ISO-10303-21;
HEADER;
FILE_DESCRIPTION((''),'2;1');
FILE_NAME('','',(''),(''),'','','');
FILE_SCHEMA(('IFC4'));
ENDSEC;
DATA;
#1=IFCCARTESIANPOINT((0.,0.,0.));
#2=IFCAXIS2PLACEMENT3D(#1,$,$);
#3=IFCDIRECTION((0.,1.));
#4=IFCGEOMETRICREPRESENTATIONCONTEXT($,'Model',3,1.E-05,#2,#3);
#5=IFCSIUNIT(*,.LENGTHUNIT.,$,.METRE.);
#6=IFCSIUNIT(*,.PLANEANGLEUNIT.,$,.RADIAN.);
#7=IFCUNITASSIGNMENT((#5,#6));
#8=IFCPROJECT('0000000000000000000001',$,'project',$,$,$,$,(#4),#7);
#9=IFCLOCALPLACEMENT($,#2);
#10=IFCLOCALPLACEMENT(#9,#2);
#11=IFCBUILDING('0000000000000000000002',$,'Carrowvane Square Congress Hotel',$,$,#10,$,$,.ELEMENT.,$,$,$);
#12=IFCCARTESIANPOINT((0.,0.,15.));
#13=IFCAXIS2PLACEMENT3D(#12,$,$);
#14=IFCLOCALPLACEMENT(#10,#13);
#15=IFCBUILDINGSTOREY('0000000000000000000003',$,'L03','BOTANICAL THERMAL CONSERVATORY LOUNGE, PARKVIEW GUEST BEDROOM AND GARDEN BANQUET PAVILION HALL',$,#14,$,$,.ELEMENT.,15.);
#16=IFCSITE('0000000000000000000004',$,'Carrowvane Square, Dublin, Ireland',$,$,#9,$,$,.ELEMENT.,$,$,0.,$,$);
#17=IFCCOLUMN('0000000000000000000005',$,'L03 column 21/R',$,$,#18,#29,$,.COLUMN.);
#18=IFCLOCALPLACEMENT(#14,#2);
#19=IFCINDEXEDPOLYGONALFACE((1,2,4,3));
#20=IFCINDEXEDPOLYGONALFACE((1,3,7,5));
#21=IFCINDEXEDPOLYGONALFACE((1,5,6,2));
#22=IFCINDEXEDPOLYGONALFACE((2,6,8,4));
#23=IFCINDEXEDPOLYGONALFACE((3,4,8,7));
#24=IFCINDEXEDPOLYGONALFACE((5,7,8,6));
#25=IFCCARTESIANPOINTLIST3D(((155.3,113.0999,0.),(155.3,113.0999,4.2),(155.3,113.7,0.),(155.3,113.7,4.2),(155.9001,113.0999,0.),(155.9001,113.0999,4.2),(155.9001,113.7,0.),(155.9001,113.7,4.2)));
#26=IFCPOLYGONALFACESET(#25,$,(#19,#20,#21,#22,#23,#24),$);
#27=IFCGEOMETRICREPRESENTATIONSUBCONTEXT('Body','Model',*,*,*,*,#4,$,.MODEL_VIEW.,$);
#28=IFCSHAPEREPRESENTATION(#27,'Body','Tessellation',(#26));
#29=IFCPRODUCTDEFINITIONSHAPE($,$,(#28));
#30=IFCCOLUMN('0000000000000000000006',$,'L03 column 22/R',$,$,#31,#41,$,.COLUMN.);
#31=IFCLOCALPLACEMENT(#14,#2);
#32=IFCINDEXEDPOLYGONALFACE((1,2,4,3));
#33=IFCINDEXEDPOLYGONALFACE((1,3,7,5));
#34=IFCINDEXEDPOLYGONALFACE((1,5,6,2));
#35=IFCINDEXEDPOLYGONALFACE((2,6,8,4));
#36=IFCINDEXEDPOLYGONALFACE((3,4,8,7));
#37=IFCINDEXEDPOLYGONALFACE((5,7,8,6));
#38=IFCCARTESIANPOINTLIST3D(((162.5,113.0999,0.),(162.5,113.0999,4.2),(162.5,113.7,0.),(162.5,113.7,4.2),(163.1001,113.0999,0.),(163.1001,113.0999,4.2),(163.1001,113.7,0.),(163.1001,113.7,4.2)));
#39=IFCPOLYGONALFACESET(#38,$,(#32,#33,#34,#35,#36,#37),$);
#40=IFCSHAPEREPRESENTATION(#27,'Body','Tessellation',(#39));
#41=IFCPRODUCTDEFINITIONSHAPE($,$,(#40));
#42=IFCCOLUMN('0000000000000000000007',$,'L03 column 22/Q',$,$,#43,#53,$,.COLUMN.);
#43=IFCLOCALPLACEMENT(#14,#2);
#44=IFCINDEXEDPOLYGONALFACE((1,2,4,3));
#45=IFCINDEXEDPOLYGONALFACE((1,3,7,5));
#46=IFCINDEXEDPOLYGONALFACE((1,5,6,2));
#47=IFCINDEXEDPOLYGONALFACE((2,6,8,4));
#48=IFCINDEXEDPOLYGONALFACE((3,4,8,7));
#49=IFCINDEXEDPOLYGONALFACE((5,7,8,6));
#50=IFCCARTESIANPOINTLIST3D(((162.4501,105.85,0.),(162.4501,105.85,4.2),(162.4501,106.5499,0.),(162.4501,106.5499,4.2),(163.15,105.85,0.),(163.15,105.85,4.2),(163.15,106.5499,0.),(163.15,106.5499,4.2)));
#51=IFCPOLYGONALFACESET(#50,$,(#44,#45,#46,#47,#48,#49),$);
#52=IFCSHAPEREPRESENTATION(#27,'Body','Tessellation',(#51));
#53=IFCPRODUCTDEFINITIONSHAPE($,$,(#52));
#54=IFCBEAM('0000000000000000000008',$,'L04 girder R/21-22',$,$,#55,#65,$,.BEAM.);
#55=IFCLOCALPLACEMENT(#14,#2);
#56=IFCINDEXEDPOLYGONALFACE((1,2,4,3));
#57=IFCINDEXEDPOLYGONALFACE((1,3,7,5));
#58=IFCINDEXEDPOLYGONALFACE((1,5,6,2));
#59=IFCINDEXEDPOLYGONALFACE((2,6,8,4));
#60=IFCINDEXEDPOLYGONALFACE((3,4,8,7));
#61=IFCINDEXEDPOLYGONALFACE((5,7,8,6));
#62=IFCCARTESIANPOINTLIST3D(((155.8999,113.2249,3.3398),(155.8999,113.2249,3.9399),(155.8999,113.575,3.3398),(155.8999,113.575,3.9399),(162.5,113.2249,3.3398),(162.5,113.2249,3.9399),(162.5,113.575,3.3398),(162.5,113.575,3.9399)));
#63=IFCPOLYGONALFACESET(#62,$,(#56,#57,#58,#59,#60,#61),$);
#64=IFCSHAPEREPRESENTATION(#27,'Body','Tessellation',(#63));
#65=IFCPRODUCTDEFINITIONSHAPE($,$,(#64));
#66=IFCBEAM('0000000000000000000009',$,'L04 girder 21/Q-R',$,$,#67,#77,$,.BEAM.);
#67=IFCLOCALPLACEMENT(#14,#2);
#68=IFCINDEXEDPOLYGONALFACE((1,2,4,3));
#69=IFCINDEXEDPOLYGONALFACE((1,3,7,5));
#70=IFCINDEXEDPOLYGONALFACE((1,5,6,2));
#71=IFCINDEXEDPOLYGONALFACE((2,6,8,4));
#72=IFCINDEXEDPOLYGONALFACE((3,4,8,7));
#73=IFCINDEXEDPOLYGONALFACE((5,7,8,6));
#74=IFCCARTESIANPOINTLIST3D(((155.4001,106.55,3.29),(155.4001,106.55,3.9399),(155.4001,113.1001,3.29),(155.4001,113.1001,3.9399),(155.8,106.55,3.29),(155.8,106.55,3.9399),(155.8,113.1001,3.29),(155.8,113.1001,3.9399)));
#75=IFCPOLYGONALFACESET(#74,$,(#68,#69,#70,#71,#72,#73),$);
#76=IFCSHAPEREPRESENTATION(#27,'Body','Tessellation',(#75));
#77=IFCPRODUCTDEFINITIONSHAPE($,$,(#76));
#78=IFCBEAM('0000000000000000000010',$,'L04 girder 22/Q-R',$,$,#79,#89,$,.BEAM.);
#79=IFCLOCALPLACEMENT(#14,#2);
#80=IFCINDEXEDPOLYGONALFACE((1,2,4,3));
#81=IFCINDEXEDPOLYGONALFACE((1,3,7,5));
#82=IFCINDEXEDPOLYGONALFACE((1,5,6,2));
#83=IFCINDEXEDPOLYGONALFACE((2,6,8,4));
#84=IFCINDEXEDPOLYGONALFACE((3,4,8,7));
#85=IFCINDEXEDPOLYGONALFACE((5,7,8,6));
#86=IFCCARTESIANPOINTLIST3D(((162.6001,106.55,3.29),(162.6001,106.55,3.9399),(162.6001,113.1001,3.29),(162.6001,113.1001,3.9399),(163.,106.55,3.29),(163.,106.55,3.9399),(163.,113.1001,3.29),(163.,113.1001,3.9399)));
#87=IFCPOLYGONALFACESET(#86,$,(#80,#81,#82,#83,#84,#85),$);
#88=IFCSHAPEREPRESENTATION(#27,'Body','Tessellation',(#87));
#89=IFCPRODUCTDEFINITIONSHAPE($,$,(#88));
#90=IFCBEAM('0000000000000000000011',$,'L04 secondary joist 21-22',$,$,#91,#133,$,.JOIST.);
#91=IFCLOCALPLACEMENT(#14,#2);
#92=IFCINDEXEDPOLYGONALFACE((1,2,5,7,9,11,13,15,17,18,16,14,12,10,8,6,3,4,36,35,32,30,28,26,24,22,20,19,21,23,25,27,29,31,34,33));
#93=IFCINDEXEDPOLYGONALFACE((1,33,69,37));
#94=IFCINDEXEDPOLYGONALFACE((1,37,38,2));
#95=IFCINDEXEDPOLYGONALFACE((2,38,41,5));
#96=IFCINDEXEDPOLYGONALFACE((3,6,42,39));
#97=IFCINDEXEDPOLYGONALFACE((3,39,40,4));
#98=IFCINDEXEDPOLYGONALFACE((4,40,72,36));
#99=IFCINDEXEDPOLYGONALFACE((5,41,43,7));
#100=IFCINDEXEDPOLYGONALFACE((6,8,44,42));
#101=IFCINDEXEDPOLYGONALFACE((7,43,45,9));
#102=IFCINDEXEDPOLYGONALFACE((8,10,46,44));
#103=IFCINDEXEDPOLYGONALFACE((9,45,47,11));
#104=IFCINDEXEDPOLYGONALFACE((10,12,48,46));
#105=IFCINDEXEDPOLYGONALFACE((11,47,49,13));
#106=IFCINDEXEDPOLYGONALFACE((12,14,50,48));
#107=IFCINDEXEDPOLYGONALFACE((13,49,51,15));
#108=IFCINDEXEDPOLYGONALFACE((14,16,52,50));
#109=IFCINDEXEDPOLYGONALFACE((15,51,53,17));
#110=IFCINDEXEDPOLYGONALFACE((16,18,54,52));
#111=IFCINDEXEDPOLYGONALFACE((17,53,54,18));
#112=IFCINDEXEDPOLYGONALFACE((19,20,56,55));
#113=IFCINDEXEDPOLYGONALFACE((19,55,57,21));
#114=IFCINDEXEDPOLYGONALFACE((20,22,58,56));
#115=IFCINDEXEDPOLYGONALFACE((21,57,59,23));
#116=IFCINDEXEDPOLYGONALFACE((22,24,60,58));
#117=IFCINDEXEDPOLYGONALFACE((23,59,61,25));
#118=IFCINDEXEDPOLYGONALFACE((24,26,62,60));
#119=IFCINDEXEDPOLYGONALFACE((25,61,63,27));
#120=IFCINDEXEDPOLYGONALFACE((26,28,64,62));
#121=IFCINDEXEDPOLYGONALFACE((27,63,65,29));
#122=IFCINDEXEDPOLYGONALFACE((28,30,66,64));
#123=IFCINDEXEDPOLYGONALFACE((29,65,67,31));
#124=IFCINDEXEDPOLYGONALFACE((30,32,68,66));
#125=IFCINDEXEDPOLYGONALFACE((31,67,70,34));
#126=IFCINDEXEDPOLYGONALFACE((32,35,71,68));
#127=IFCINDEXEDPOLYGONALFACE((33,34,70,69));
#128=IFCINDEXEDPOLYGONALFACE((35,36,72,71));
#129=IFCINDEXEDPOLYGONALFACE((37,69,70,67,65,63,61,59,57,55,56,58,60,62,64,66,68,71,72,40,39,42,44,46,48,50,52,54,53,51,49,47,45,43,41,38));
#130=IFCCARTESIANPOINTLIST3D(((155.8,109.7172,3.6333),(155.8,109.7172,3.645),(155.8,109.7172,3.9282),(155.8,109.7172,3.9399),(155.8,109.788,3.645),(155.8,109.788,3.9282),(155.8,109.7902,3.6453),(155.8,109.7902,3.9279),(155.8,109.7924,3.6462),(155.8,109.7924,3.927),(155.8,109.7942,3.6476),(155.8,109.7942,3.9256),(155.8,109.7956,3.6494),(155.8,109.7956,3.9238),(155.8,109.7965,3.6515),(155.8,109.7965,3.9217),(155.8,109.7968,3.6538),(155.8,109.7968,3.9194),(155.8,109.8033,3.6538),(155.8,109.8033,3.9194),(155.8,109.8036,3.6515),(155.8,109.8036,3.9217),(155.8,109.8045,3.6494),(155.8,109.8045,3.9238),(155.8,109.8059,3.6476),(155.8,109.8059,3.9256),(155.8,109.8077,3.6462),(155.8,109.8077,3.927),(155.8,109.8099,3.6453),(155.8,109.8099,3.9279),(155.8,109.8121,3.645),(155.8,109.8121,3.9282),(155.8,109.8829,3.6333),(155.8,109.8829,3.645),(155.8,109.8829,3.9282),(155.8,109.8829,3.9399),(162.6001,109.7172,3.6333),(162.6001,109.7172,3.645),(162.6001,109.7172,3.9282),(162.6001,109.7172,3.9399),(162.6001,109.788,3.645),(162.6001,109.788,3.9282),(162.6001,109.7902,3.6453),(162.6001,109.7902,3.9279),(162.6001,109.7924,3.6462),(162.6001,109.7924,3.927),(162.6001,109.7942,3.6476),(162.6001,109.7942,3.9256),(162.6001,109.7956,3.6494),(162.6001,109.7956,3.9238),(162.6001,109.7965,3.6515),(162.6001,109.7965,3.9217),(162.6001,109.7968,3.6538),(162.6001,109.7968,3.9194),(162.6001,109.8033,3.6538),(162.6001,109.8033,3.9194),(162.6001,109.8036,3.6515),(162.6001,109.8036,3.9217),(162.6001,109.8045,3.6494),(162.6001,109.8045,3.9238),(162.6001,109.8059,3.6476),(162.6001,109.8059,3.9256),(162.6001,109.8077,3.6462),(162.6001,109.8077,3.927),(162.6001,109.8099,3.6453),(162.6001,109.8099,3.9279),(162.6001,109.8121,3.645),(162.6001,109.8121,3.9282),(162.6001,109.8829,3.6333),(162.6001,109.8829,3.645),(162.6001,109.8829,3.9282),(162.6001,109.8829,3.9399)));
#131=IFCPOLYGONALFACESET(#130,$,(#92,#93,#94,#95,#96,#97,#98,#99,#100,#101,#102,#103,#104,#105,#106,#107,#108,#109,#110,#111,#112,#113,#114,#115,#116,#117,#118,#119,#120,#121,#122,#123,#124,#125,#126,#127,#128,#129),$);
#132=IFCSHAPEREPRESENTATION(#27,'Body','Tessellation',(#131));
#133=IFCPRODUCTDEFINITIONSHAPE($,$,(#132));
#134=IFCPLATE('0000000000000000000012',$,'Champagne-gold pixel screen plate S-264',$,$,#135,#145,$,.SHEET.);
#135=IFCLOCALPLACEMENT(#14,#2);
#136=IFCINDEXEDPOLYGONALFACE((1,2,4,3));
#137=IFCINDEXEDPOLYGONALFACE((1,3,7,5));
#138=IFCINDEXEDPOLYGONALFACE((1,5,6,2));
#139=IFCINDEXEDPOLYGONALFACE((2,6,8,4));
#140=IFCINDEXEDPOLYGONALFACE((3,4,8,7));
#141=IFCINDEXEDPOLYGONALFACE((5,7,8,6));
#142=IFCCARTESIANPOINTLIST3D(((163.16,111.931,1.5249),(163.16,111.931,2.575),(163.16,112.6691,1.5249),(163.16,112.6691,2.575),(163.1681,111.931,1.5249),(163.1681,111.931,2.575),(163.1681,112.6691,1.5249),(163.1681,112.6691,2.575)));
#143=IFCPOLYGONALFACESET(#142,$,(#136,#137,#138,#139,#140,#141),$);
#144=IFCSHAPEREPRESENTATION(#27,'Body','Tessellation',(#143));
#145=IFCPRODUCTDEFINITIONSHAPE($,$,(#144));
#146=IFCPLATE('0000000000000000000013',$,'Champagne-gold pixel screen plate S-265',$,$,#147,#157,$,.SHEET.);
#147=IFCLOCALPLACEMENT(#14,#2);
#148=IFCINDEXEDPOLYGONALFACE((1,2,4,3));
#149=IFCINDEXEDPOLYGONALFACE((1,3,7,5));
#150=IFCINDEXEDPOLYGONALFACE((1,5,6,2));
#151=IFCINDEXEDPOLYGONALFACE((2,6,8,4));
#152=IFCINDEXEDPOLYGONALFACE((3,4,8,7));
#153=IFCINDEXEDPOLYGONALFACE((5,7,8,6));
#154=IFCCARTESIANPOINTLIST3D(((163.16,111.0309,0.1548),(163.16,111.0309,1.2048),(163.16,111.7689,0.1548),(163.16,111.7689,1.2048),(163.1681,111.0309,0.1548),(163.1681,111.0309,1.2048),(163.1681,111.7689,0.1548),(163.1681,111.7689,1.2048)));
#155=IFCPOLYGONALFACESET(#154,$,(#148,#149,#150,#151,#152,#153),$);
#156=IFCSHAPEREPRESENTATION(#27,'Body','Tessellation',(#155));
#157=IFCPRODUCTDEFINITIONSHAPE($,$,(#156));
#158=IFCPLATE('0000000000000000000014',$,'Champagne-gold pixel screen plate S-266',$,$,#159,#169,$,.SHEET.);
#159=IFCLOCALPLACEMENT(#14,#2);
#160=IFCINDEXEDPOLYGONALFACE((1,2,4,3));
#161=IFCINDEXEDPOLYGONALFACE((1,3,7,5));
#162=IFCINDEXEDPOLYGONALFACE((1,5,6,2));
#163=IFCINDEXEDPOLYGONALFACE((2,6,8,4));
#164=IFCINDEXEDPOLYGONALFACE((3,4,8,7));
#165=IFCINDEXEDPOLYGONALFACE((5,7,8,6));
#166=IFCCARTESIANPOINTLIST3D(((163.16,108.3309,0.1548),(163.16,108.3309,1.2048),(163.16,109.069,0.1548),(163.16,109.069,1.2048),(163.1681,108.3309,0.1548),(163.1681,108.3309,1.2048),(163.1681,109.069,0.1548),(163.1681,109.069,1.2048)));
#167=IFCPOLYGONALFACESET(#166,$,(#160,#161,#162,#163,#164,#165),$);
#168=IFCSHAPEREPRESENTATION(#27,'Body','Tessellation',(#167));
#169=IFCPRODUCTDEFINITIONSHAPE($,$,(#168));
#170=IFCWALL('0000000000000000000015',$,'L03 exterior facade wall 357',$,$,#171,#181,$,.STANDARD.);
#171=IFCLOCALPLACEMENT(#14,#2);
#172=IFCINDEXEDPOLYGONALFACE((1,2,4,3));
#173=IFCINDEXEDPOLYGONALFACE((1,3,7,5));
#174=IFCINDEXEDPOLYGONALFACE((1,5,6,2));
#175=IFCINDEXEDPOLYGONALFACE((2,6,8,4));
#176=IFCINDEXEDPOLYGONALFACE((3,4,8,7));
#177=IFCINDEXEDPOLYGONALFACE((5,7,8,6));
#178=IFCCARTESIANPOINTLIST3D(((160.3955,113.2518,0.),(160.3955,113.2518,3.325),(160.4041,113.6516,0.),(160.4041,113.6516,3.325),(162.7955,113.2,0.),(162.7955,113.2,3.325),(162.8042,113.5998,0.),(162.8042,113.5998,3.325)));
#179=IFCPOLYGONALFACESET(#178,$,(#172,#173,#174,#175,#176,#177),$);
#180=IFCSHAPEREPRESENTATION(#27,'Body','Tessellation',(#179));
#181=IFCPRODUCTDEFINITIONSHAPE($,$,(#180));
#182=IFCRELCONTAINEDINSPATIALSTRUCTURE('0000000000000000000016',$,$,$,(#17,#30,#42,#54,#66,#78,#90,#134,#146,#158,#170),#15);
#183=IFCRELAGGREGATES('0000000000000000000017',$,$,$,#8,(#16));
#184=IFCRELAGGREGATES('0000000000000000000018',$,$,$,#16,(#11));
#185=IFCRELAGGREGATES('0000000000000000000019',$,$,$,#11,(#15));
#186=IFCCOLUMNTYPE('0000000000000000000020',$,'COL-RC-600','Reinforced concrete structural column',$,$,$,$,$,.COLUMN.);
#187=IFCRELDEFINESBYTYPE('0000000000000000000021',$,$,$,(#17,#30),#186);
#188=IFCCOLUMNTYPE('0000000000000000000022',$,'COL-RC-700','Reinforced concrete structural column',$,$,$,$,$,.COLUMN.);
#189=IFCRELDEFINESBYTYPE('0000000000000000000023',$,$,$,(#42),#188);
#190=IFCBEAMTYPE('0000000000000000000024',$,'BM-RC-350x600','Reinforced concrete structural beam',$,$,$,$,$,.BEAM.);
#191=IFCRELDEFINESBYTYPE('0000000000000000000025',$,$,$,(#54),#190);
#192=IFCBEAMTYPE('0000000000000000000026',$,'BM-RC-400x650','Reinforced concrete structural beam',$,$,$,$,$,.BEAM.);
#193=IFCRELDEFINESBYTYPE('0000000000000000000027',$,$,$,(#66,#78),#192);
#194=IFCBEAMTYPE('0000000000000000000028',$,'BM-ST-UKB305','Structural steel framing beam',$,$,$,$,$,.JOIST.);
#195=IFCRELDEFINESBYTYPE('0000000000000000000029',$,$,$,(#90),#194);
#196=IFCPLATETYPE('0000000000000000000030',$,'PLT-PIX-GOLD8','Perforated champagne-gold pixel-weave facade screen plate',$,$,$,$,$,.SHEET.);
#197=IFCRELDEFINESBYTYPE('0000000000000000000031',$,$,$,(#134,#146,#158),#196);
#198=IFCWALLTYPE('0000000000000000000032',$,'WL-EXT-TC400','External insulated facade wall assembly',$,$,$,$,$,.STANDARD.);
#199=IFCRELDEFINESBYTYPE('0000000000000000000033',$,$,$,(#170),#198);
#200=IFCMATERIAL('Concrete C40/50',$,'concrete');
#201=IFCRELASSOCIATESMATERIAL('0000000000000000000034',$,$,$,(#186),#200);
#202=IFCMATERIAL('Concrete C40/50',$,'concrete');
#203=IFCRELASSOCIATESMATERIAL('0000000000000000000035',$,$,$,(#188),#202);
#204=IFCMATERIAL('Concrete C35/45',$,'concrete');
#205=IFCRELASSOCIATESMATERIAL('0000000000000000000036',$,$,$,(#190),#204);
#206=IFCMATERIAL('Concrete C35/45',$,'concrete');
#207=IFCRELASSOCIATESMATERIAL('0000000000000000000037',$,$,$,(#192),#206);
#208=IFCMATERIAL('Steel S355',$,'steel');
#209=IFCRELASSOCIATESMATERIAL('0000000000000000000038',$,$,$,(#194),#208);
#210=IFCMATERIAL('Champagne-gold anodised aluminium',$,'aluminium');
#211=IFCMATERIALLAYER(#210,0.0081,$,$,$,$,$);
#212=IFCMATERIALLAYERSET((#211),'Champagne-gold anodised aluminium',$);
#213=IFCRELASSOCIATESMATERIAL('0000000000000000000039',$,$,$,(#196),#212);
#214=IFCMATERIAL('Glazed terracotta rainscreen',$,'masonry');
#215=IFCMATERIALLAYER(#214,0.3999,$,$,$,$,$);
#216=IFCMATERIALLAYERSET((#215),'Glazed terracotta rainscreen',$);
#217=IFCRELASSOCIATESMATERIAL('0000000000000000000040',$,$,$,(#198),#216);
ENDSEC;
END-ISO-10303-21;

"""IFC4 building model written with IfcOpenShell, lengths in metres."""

from ifc_helpers import new_model, si_unit, direction, frame, frame_2d, origin, origin_2d, place, context, subcontext, project, spatial, rectangle, i_section, extrude, material, layer, layer_set, material_profile, profile_set, type_object, element, save


model = new_model("IFC4")

# Units and contexts
model_context = context("Model", 3, precision=1e-05, world=origin(), true_north=direction((0.0, 1.0)))
body_context = subcontext(model_context, "Body", "Model", "MODEL_VIEW")
ifc_project = project(units=[si_unit("LENGTHUNIT", "METRE"), si_unit("PLANEANGLEUNIT", "RADIAN")], contexts=[model_context])

# Site, building, storey
site_placement = place(None, origin())
site = spatial("IfcSite", under=ifc_project, at=site_placement, Name="Carrowvane Square, Dublin, Ireland", CompositionType="ELEMENT", RefElevation=0.0)
building_placement = place(site_placement, origin())
building = spatial("IfcBuilding", under=site, at=building_placement, Name="Carrowvane Square Congress Hotel", CompositionType="ELEMENT")
storey_placement = place(building_placement, frame((0.0, 0.0, 15.0)))
storey = spatial("IfcBuildingStorey", under=building, at=storey_placement, Name="L03", Description="BOTANICAL THERMAL CONSERVATORY LOUNGE, PARKVIEW GUEST BEDROOM AND GARDEN BANQUET PAVILION HALL", CompositionType="ELEMENT", Elevation=15.0)

# Columns
ifc_material_1 = material(Name="Concrete C40/50", Category="concrete")
ifc_material_profile_1 = material_profile(ifc_material_1, rectangle(XDim=0.6001, YDim=0.6001, at=origin_2d()), Name="RC 600x600")
ifc_profile_set_1 = profile_set([ifc_material_profile_1], Name="Concrete C40/50")
column_type_1 = type_object("IfcColumnType", Name="COL-RC-600", Description="Reinforced concrete structural column", PredefinedType="COLUMN", material=ifc_profile_set_1)
for number, where, z_axis, x_axis, name in (
    (1, (155.6001, 113.3999, 0.0), (0.0, 0.0, 1.0), (1.0, 0.0, 0.0), "L03 column 21/R"),
    (2, (162.8, 113.3999, 0.0), (0.0, 0.0, 1.0), (1.0, 0.0, 0.0), "L03 column 22/R"),
):
    element("IfcColumn", number, at=place(storey_placement, frame(where, z_axis=z_axis, x_axis=x_axis)), inside=storey, type_object=column_type_1, Name=name, PredefinedType="COLUMN", context=body_context, shape_type="SweptSolid", body=[
        extrude(rectangle(XDim=0.6001, YDim=0.6001, at=origin_2d()), origin(), (0.0, 0.0, 1.0), 4.2),
    ])
ifc_material_2 = material(Name="Concrete C40/50", Category="concrete")
ifc_material_profile_2 = material_profile(ifc_material_2, rectangle(XDim=0.7, YDim=0.7, at=origin_2d()), Name="RC 700x700")
ifc_profile_set_2 = profile_set([ifc_material_profile_2], Name="Concrete C40/50")
column_type_2 = type_object("IfcColumnType", Name="COL-RC-700", Description="Reinforced concrete structural column", PredefinedType="COLUMN", material=ifc_profile_set_2)
column_placement = place(storey_placement, frame((162.8, 106.2, 0.0), z_axis=(0.0, 0.0, 1.0), x_axis=(1.0, 0.0, 0.0)))
element("IfcColumn", 3, at=column_placement, inside=storey, type_object=column_type_2, Name="L03 column 22/Q", PredefinedType="COLUMN", context=body_context, shape_type="SweptSolid", body=[
    extrude(rectangle(XDim=0.7, YDim=0.7, at=origin_2d()), origin(), (0.0, 0.0, 1.0), 4.2),
])

# Beams
ifc_material_3 = material(Name="Concrete C35/45", Category="concrete")
ifc_material_profile_3 = material_profile(ifc_material_3, rectangle(XDim=0.3501, YDim=0.6001, at=origin_2d()), Name="RC 350x600")
ifc_profile_set_3 = profile_set([ifc_material_profile_3], Name="Concrete C35/45")
beam_type_1 = type_object("IfcBeamType", Name="BM-RC-350x600", Description="Reinforced concrete structural beam", PredefinedType="BEAM", material=ifc_profile_set_3)
beam_1_placement = place(storey_placement, frame((155.8999, 113.3999, 3.6399), z_axis=(1.0, 0.0, 0.0), x_axis=(0.0, 1.0, 0.0)))
element("IfcBeam", 4, at=beam_1_placement, inside=storey, type_object=beam_type_1, Name="L04 girder R/21-22", PredefinedType="BEAM", context=body_context, shape_type="SweptSolid", body=[
    extrude(rectangle(XDim=0.3501, YDim=0.6001, at=origin_2d()), origin(), (0.0, 0.0, 1.0), 6.6001),
])
ifc_material_4 = material(Name="Concrete C35/45", Category="concrete")
ifc_material_profile_4 = material_profile(ifc_material_4, rectangle(XDim=0.3999, YDim=0.6499, at=origin_2d()), Name="RC 400x650")
ifc_profile_set_4 = profile_set([ifc_material_profile_4], Name="Concrete C35/45")
beam_type_2 = type_object("IfcBeamType", Name="BM-RC-400x650", Description="Reinforced concrete structural beam", PredefinedType="BEAM", material=ifc_profile_set_4)
for number, where, z_axis, x_axis, name in (
    (5, (155.6001, 106.55, 3.615), (0.0, 1.0, 0.0), (-1.0, 0.0, 0.0), "L04 girder 21/Q-R"),
    (6, (162.8, 106.55, 3.615), (0.0, 1.0, 0.0), (-1.0, 0.0, 0.0), "L04 girder 22/Q-R"),
):
    element("IfcBeam", number, at=place(storey_placement, frame(where, z_axis=z_axis, x_axis=x_axis)), inside=storey, type_object=beam_type_2, Name=name, PredefinedType="BEAM", context=body_context, shape_type="SweptSolid", body=[
        extrude(rectangle(XDim=0.3999, YDim=0.6499, at=origin_2d()), origin(), (0.0, 0.0, 1.0), 6.55),
    ])
ifc_material_5 = material(Name="Steel S355", Category="steel")
ifc_material_profile_5 = material_profile(ifc_material_5, i_section(OverallWidth=0.1658, OverallDepth=0.3066, WebThickness=0.0066, FlangeThickness=0.0117, FilletRadius=0.0088, at=origin_2d()), Name="UKB 305x165x46")
ifc_profile_set_5 = profile_set([ifc_material_profile_5], Name="Steel S355")
beam_type_3 = type_object("IfcBeamType", Name="BM-ST-UKB305", Description="Structural steel framing beam", PredefinedType="JOIST", material=ifc_profile_set_5)
beam_2_placement = place(storey_placement, frame((155.8, 109.8, 3.7866), z_axis=(1.0, 0.0, 0.0), x_axis=(0.0, 1.0, 0.0)))
element("IfcBeam", 7, at=beam_2_placement, inside=storey, type_object=beam_type_3, Name="L04 secondary joist 21-22", PredefinedType="JOIST", context=body_context, shape_type="SweptSolid", body=[
    extrude(i_section(OverallWidth=0.1658, OverallDepth=0.3066, WebThickness=0.0066, FlangeThickness=0.0117, FilletRadius=0.0088, at=origin_2d()), origin(), (0.0, 0.0, 1.0), 6.8),
])

# Plates
ifc_material_6 = material(Name="Champagne-gold anodised aluminium", Category="aluminium")
ifc_layer_1 = layer(ifc_material_6, 0.0081)
ifc_layer_set_1 = layer_set([ifc_layer_1], Name="Champagne-gold anodised aluminium")
plate_type = type_object("IfcPlateType", Name="PLT-PIX-GOLD8", Description="Perforated champagne-gold pixel-weave facade screen plate", PredefinedType="SHEET", material=ifc_layer_set_1)
for number, where, z_axis, x_axis, name in (
    (8, (163.1641, 112.3, 1.5249), (0.0, 0.0, 1.0), (0.0, -1.0, 0.0), "Champagne-gold pixel screen plate S-264"),
    (9, (163.1641, 111.3999, 0.1548), (0.0, 0.0, 1.0), (0.0, -1.0, 0.0), "Champagne-gold pixel screen plate S-265"),
    (10, (163.1641, 108.7, 0.1548), (0.0, 0.0, 1.0), (0.0, -1.0, 0.0), "Champagne-gold pixel screen plate S-266"),
):
    element("IfcPlate", number, at=place(storey_placement, frame(where, z_axis=z_axis, x_axis=x_axis)), inside=storey, type_object=plate_type, Name=name, PredefinedType="SHEET", context=body_context, shape_type="SweptSolid", body=[
        extrude(rectangle(XDim=0.738, YDim=0.0081, at=origin_2d()), origin(), (0.0, 0.0, 1.0), 1.05),
    ])

# Wall
ifc_material_7 = material(Name="Glazed terracotta rainscreen", Category="masonry")
ifc_layer_2 = layer(ifc_material_7, 0.3999)
ifc_layer_set_2 = layer_set([ifc_layer_2], Name="Glazed terracotta rainscreen")
wall_type_1 = type_object("IfcWallType", Name="WL-EXT-TC400", Description="External insulated facade wall assembly", PredefinedType="STANDARD", material=ifc_layer_set_2)
wall_1_placement = place(storey_placement, frame((160.3999, 113.4517, 0.0), z_axis=(0.0, 0.0, 1.0), x_axis=(0.999768, -0.021559, 0.0)))
element("IfcWall", 11, at=wall_1_placement, inside=storey, type_object=wall_type_1, Name="L03 exterior facade wall 357", PredefinedType="STANDARD", context=body_context, shape_type="SweptSolid", body=[
    extrude(rectangle(XDim=2.4006, YDim=0.3999, at=frame_2d((1.2002, 0.0))), origin(), (0.0, 0.0, 1.0), 3.325),
])

save(model, "model.ifc")
